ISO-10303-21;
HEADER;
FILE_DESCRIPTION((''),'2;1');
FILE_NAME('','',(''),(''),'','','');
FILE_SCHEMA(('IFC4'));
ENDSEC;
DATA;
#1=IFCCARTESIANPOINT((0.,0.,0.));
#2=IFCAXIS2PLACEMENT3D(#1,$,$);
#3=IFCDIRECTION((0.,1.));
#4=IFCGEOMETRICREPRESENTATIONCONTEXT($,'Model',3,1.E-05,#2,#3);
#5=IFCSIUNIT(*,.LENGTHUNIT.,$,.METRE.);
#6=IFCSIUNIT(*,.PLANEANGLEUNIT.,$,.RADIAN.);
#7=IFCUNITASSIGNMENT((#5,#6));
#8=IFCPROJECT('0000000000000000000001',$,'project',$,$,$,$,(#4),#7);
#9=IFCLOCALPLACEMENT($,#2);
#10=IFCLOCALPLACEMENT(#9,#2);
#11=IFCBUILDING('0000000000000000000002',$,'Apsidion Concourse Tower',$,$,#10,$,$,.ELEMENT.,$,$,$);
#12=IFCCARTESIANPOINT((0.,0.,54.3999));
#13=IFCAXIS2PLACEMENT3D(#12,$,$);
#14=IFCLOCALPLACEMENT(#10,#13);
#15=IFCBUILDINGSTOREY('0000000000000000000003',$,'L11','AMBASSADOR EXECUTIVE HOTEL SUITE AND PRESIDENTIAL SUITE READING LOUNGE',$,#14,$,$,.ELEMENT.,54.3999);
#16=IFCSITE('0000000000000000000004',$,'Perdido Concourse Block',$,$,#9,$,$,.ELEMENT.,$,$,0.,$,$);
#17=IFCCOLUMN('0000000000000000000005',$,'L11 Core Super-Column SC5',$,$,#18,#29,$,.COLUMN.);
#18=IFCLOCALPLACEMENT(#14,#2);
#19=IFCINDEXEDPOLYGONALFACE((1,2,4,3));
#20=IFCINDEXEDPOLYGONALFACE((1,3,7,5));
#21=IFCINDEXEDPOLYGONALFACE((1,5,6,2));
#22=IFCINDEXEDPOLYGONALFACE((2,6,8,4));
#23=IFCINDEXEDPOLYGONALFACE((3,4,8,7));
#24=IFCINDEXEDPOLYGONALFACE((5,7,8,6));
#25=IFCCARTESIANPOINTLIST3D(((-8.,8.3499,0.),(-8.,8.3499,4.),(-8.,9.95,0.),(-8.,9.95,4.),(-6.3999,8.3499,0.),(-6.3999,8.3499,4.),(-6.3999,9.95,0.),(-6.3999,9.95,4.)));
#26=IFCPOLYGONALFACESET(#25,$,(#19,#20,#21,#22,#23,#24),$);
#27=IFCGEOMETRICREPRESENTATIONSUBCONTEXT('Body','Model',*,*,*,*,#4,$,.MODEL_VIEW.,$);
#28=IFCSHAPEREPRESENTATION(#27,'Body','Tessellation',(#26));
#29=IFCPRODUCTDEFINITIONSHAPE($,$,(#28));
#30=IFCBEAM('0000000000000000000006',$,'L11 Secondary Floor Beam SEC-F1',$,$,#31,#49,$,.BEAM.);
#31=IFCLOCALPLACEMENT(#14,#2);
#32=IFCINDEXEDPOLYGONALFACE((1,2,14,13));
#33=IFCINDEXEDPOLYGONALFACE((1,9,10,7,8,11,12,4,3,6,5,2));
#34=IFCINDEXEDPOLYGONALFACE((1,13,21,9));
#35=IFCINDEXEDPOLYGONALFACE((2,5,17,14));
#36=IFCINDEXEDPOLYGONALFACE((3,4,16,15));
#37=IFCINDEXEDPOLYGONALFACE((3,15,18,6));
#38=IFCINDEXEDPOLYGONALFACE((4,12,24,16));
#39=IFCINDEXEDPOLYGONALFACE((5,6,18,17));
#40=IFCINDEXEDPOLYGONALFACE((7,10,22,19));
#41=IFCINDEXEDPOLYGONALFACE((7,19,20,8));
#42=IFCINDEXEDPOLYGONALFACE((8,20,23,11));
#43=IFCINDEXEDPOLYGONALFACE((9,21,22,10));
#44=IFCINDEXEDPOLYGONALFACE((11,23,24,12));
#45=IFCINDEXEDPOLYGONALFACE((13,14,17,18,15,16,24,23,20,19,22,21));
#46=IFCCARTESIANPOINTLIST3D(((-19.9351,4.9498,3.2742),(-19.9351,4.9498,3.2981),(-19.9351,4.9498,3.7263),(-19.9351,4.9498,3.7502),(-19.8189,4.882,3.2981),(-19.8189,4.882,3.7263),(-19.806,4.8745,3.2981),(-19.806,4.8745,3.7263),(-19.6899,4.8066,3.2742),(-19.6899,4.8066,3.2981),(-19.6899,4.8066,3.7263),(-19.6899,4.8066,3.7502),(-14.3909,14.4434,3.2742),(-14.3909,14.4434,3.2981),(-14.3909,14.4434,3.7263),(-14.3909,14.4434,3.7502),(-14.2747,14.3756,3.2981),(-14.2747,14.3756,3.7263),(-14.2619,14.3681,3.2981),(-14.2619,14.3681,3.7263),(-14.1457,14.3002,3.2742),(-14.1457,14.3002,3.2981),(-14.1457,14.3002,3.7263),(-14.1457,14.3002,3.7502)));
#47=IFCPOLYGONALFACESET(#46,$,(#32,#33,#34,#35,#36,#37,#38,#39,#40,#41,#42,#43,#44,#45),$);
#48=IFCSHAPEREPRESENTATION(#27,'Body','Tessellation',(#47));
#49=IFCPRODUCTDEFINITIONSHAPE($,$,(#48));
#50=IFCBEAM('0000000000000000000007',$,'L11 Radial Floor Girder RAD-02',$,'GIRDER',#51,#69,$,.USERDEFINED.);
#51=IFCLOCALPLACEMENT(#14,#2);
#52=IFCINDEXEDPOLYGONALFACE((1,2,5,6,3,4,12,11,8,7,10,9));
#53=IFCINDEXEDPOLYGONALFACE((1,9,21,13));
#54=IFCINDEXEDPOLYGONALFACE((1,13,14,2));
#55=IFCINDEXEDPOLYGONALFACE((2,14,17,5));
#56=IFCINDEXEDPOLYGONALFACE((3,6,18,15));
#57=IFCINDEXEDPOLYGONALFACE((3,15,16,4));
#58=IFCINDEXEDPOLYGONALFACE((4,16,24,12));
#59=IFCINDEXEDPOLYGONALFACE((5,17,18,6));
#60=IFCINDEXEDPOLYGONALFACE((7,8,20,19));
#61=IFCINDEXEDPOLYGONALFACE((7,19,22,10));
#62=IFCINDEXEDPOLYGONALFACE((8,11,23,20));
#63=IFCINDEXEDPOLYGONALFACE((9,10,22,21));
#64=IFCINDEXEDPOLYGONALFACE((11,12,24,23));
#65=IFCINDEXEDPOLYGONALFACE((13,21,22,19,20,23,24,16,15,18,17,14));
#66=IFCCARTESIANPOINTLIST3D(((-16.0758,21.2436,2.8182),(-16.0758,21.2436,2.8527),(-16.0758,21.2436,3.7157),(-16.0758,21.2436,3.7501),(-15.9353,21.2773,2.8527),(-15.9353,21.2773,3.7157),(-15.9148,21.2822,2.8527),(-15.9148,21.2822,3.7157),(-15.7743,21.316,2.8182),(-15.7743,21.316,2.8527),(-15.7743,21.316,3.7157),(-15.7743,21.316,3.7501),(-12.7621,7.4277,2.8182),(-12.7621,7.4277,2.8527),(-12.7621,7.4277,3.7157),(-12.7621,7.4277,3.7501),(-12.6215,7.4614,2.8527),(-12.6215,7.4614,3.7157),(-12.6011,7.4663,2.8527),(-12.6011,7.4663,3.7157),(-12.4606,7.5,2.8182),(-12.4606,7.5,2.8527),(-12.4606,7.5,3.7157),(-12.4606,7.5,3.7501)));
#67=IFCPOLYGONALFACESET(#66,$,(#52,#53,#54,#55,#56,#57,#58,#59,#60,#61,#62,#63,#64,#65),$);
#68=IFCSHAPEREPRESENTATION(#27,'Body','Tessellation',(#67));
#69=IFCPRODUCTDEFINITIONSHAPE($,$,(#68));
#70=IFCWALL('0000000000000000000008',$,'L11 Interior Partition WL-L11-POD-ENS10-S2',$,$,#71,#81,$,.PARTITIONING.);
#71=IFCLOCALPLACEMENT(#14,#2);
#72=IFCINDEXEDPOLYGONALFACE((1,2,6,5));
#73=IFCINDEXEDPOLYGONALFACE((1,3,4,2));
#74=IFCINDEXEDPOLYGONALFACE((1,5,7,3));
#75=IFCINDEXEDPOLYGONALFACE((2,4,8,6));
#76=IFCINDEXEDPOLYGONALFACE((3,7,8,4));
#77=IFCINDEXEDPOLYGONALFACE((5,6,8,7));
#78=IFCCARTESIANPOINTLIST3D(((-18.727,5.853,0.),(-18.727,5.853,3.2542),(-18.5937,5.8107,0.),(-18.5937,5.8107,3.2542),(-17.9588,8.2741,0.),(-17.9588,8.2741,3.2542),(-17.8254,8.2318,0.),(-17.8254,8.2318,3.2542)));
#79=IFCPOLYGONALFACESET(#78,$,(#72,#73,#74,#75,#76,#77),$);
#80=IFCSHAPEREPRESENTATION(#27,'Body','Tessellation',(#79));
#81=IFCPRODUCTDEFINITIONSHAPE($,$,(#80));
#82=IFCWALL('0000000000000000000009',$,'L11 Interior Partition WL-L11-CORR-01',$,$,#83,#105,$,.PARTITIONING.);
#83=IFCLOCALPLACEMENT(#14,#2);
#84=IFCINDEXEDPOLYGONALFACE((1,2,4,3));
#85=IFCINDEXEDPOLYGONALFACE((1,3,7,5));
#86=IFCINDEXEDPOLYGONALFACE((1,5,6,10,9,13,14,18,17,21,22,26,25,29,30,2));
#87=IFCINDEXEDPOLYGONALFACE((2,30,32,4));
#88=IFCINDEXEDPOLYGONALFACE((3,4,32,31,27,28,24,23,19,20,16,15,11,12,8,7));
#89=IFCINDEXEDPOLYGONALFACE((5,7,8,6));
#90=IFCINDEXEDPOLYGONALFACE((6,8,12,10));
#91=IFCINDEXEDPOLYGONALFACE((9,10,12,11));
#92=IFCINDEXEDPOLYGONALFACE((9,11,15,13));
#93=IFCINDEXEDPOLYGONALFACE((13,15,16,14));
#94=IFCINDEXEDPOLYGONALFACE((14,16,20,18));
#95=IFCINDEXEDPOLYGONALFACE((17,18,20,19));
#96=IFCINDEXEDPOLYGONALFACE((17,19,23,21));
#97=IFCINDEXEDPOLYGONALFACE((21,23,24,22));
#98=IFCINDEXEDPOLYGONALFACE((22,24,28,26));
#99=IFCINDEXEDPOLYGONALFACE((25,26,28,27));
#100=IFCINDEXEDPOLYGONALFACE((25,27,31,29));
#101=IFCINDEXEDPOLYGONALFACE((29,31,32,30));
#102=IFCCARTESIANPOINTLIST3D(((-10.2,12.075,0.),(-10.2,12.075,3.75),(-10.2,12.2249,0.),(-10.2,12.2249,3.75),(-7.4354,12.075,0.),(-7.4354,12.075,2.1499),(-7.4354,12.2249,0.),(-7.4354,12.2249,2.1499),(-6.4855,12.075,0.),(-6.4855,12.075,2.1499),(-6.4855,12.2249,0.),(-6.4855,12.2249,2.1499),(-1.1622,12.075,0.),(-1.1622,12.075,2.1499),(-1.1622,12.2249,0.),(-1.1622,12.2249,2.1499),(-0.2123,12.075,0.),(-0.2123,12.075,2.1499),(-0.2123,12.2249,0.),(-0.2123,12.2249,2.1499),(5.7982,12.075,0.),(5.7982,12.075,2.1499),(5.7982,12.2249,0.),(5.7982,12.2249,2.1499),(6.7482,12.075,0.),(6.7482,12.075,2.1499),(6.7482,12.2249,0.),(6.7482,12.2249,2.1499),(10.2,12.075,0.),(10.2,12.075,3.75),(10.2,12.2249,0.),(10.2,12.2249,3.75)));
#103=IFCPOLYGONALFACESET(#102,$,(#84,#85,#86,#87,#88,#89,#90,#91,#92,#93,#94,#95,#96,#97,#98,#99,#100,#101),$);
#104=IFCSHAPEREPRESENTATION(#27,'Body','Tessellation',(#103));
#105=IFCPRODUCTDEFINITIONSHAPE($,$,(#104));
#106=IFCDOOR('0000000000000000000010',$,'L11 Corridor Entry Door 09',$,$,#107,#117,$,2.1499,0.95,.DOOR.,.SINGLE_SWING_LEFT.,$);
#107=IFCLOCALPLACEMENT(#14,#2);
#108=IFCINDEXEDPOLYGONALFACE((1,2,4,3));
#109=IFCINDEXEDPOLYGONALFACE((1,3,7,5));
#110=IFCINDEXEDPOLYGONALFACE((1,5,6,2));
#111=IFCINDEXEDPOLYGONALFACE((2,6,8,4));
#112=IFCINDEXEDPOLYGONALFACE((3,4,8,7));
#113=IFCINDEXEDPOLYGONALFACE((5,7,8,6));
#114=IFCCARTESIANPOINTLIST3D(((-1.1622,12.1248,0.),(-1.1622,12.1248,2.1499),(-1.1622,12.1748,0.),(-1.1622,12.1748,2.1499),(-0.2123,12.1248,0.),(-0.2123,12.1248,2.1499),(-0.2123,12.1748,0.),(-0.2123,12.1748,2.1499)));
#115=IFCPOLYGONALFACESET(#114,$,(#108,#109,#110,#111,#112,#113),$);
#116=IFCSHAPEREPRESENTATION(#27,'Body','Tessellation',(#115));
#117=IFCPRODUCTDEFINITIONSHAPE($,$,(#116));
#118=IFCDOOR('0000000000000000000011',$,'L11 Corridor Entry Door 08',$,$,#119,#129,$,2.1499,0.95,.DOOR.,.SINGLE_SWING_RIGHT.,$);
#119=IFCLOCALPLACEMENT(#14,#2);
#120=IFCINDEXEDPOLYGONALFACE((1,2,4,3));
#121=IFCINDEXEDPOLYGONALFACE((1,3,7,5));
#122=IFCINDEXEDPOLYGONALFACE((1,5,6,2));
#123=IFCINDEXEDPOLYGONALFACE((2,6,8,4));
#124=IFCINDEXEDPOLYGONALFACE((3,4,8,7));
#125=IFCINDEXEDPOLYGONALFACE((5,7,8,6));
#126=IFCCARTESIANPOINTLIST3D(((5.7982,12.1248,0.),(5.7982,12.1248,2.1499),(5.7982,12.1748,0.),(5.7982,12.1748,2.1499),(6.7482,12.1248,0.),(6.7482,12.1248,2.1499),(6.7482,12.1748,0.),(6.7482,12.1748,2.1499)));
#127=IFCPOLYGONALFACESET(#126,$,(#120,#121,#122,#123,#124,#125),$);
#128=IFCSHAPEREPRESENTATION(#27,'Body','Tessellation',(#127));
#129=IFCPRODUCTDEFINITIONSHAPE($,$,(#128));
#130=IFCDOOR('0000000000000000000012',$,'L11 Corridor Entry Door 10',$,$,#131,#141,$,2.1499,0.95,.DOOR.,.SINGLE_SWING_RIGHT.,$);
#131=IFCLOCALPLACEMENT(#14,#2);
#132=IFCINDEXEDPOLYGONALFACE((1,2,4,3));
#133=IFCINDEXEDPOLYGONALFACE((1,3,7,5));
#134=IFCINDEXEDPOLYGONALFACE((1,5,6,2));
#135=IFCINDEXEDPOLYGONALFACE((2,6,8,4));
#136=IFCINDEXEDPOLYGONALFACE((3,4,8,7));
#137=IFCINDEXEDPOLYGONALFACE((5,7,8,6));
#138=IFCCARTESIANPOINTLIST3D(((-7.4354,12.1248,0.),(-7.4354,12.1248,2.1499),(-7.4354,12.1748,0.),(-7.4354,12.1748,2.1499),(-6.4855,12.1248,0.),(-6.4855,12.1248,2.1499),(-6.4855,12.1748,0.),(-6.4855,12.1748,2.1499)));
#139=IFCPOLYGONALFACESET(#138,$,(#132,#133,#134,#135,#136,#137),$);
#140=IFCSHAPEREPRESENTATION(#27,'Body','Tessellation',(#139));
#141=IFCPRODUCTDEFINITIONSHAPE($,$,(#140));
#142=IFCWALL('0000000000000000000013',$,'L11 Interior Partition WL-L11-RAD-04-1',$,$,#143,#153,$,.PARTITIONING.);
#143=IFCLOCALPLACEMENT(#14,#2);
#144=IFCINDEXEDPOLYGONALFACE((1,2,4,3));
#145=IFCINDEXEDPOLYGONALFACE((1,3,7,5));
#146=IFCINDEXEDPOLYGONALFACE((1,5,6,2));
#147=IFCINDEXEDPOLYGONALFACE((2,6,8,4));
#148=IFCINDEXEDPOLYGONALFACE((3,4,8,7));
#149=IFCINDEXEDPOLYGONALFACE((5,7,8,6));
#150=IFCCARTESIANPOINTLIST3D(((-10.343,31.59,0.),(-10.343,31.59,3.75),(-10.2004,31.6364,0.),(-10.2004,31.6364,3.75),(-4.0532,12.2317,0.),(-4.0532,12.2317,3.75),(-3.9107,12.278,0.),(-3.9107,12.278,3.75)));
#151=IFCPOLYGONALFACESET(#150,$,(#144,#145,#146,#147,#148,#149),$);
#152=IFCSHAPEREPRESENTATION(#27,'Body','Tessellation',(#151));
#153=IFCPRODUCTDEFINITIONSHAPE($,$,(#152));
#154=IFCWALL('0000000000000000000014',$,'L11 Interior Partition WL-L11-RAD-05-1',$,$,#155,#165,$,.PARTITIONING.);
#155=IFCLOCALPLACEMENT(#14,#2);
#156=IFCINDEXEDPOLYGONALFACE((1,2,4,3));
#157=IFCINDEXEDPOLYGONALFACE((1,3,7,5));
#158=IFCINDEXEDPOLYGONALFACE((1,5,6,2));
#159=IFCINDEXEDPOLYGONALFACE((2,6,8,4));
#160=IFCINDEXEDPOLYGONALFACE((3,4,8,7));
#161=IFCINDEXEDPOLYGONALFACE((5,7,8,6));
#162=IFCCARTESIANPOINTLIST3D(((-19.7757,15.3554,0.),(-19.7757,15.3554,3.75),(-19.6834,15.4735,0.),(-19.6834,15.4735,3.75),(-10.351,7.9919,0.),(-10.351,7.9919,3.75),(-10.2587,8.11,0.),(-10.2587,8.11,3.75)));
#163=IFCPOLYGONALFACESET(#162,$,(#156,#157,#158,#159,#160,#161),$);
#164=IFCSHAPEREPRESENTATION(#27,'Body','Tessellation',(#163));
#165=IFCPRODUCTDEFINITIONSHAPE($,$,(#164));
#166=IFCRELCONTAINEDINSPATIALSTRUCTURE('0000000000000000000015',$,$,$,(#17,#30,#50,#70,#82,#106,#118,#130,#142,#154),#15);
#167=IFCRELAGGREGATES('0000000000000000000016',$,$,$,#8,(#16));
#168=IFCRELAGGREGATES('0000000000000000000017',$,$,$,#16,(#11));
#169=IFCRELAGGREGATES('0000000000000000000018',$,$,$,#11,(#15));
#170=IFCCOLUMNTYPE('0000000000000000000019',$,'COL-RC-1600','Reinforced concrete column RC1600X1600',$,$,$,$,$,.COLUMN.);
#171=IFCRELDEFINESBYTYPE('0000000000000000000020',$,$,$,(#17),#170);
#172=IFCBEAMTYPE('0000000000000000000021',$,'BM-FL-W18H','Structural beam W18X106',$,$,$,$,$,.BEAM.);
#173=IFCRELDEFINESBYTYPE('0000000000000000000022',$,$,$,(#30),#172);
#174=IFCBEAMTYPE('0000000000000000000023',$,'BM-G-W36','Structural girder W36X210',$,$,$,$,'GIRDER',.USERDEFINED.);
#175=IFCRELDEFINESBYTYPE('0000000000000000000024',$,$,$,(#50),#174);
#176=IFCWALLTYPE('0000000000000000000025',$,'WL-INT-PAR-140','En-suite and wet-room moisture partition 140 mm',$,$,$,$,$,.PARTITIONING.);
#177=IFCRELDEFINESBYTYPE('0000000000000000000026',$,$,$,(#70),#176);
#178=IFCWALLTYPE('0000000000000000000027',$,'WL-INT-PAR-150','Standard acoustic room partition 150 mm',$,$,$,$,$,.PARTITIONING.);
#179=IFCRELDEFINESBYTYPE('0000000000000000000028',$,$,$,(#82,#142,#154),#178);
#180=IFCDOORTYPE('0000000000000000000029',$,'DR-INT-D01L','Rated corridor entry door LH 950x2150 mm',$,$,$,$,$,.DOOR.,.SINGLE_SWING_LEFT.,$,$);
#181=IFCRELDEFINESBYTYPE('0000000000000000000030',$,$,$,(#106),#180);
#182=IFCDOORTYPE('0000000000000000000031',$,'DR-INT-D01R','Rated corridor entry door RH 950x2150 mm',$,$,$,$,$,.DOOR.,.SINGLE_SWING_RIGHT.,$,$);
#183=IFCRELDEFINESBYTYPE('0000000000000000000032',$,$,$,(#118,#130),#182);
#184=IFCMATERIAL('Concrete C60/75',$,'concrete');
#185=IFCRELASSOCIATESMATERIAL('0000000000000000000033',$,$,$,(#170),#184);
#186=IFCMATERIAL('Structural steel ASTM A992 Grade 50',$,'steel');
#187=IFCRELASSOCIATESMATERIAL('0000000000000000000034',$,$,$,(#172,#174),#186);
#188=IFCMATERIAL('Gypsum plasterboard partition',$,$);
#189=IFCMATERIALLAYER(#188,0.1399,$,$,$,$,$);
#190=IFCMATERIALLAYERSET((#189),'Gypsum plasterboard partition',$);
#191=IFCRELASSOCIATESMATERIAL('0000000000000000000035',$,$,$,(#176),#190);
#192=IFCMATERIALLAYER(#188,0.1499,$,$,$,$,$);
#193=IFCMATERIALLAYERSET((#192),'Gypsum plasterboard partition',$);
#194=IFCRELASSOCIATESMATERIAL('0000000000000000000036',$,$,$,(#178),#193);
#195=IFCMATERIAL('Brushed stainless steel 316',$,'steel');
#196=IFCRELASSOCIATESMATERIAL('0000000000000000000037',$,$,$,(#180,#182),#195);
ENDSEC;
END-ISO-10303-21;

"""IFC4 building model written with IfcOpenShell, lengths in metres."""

from ifc_helpers import new_model, si_unit, direction, frame, frame_2d, origin, origin_2d, place, context, subcontext, project, spatial, rectangle, i_section, extrude, material, layer, layer_set, material_profile, profile_set, type_object, element, fill, save


model = new_model("IFC4")

# Units and contexts
model_context = context("Model", 3, precision=1e-05, world=origin(), true_north=direction((0.0, 1.0)))
body_context = subcontext(model_context, "Body", "Model", "MODEL_VIEW")
ifc_project = project(units=[si_unit("LENGTHUNIT", "METRE"), si_unit("PLANEANGLEUNIT", "RADIAN")], contexts=[model_context])

# Site, building, storey
site_placement = place(None, origin())
site = spatial("IfcSite", under=ifc_project, at=site_placement, Name="Perdido Concourse Block", CompositionType="ELEMENT", RefElevation=0.0)
building_placement = place(site_placement, origin())
building = spatial("IfcBuilding", under=site, at=building_placement, Name="Apsidion Concourse Tower", CompositionType="ELEMENT")
storey_placement = place(building_placement, frame((0.0, 0.0, 54.3999)))
storey = spatial("IfcBuildingStorey", under=building, at=storey_placement, Name="L11", Description="AMBASSADOR EXECUTIVE HOTEL SUITE AND PRESIDENTIAL SUITE READING LOUNGE", CompositionType="ELEMENT", Elevation=54.3999)

# Column
ifc_material_1 = material(Name="Concrete C60/75", Category="concrete")
ifc_material_profile_1 = material_profile(ifc_material_1, rectangle(XDim=1.6001, YDim=1.6001, at=origin_2d()), Name="RC 1600x1600")
ifc_profile_set_1 = profile_set([ifc_material_profile_1], Name="Concrete C60/75")
column_type = type_object("IfcColumnType", Name="COL-RC-1600", Description="Reinforced concrete column RC1600X1600", PredefinedType="COLUMN", material=ifc_profile_set_1)
column_placement = place(storey_placement, frame((-7.2, 9.1499, 0.0), z_axis=(0.0, 0.0, 1.0), x_axis=(1.0, 0.0, 0.0)))
element("IfcColumn", 1, at=column_placement, inside=storey, type_object=column_type, Name="L11 Core Super-Column SC5", PredefinedType="COLUMN", context=body_context, shape_type="SweptSolid", body=[
    extrude(rectangle(XDim=1.6001, YDim=1.6001, at=origin_2d()), origin(), (0.0, 0.0, 1.0), 4.0),
])

# Beams
ifc_material_2 = material(Name="Structural steel ASTM A992 Grade 50", Category="steel")
ifc_material_profile_2 = material_profile(ifc_material_2, i_section(OverallWidth=0.2839, OverallDepth=0.4761, WebThickness=0.0149, FlangeThickness=0.0239, at=origin_2d()), Name="W18X106")
ifc_profile_set_2 = profile_set([ifc_material_profile_2], Name="Structural steel ASTM A992 Grade 50")
beam_type_1 = type_object("IfcBeamType", Name="BM-FL-W18H", Description="Structural beam W18X106", PredefinedType="BEAM", material=ifc_profile_set_2)
beam_1_placement = place(storey_placement, frame((-14.2683, 14.3718, 3.5122), z_axis=(-0.504293, -0.863532, 0.0), x_axis=(0.863532, -0.504293, 0.0)))
element("IfcBeam", 2, at=beam_1_placement, inside=storey, type_object=beam_type_1, Name="L11 Secondary Floor Beam SEC-F1", PredefinedType="BEAM", context=body_context, shape_type="SweptSolid", body=[
    extrude(i_section(OverallWidth=0.2839, OverallDepth=0.4761, WebThickness=0.0149, FlangeThickness=0.0239, at=origin_2d()), origin(), (0.0, 0.0, 1.0), 10.9939),
])
ifc_material_profile_3 = material_profile(ifc_material_2, i_section(OverallWidth=0.3101, OverallDepth=0.9319, WebThickness=0.021, FlangeThickness=0.0344, at=origin_2d()), Name="W36X210")
ifc_profile_set_3 = profile_set([ifc_material_profile_3], Name="Structural steel ASTM A992 Grade 50")
beam_type_2 = type_object("IfcBeamType", Name="BM-G-W36", Description="Structural girder W36X210", ElementType="GIRDER", PredefinedType="USERDEFINED", material=ifc_profile_set_3)
beam_2_placement = place(storey_placement, frame((-12.6113, 7.4639, 3.2842), z_axis=(-0.233233, 0.972421, 0.0), x_axis=(-0.972421, -0.233233, 0.0)))
element("IfcBeam", 3, at=beam_2_placement, inside=storey, type_object=beam_type_2, Name="L11 Radial Floor Girder RAD-02", ObjectType="GIRDER", PredefinedType="USERDEFINED", context=body_context, shape_type="SweptSolid", body=[
    extrude(i_section(OverallWidth=0.3101, OverallDepth=0.9319, WebThickness=0.021, FlangeThickness=0.0344, at=origin_2d()), origin(), (0.0, 0.0, 1.0), 14.2078),
])

# Wall
ifc_material_3 = material(Name="Gypsum plasterboard partition")
ifc_layer_1 = layer(ifc_material_3, 0.1399)
ifc_layer_set_1 = layer_set([ifc_layer_1], Name="Gypsum plasterboard partition")
wall_type_1 = type_object("IfcWallType", Name="WL-INT-PAR-140", Description="En-suite and wet-room moisture partition 140 mm", PredefinedType="PARTITIONING", material=ifc_layer_set_1)
wall_1_placement = place(storey_placement, frame((-17.8921, 8.2529, 0.0), z_axis=(0.0, 0.0, 1.0), x_axis=(-0.30247, -0.953159, 0.0)))
element("IfcWall", 4, at=wall_1_placement, inside=storey, type_object=wall_type_1, Name="L11 Interior Partition WL-L11-POD-ENS10-S2", PredefinedType="PARTITIONING", context=body_context, shape_type="SweptSolid", body=[
    extrude(rectangle(XDim=2.54, YDim=0.1399, at=frame_2d((1.27, 0.0))), origin(), (0.0, 0.0, 1.0), 3.2542),
])

# Wall, openings, doors
ifc_layer_2 = layer(ifc_material_3, 0.1499)
ifc_layer_set_2 = layer_set([ifc_layer_2], Name="Gypsum plasterboard partition")
wall_type_2 = type_object("IfcWallType", Name="WL-INT-PAR-150", Description="Standard acoustic room partition 150 mm", PredefinedType="PARTITIONING", material=ifc_layer_set_2)
wall_2_placement = place(storey_placement, frame((-10.2, 12.1499, 0.0), z_axis=(0.0, 0.0, 1.0), x_axis=(1.0, 0.0, 0.0)))
wall_2 = element("IfcWall", 5, at=wall_2_placement, inside=storey, type_object=wall_type_2, Name="L11 Interior Partition WL-L11-CORR-01", PredefinedType="PARTITIONING", context=body_context, shape_type="SweptSolid", body=[
    extrude(rectangle(XDim=20.3999, YDim=0.1499, at=frame_2d((10.2, 0.0))), origin(), (0.0, 0.0, 1.0), 3.75),
])
opening_1_placement = place(wall_2_placement, frame((15.998, 0.0, 0.0)))
opening_1 = element("IfcOpeningElement", 6, at=opening_1_placement, cuts=wall_2, PredefinedType="OPENING", context=body_context, shape_type="SweptSolid", body=[
    extrude(rectangle(XDim=0.95, YDim=2.1499, at=frame_2d((0.4751, 1.075))), frame((0.0, 0.085, 0.0), z_axis=(0.0, -1.0, 0.0), x_axis=(1.0, 0.0, 0.0)), (0.0, 0.0, 1.0), 0.1699),
])
opening_2_placement = place(wall_2_placement, frame((9.0376, 0.0, 0.0)))
opening_2 = element("IfcOpeningElement", 7, at=opening_2_placement, cuts=wall_2, PredefinedType="OPENING", context=body_context, shape_type="SweptSolid", body=[
    extrude(rectangle(XDim=0.95, YDim=2.1499, at=frame_2d((0.4751, 1.075))), frame((0.0, 0.085, 0.0), z_axis=(0.0, -1.0, 0.0), x_axis=(1.0, 0.0, 0.0)), (0.0, 0.0, 1.0), 0.1699),
])
opening_3_placement = place(wall_2_placement, frame((2.7644, 0.0, 0.0)))
opening_3 = element("IfcOpeningElement", 8, at=opening_3_placement, cuts=wall_2, PredefinedType="OPENING", context=body_context, shape_type="SweptSolid", body=[
    extrude(rectangle(XDim=0.95, YDim=2.1499, at=frame_2d((0.4751, 1.075))), frame((0.0, 0.085, 0.0), z_axis=(0.0, -1.0, 0.0), x_axis=(1.0, 0.0, 0.0)), (0.0, 0.0, 1.0), 0.1699),
])
ifc_material_4 = material(Name="Brushed stainless steel 316", Category="steel")
door_type_1 = type_object("IfcDoorType", Name="DR-INT-D01L", Description="Rated corridor entry door LH 950x2150 mm", OperationType="SINGLE_SWING_LEFT", PredefinedType="DOOR", material=ifc_material_4)
door_1_placement = place(opening_2_placement, origin())
door_1 = element("IfcDoor", 9, at=door_1_placement, inside=storey, type_object=door_type_1, Name="L11 Corridor Entry Door 09", OperationType="SINGLE_SWING_LEFT", OverallHeight=2.1499, OverallWidth=0.95, PredefinedType="DOOR", context=body_context, shape_type="SweptSolid", body=[
    extrude(rectangle(XDim=0.95, YDim=2.1499, at=frame_2d((0.4751, 1.075))), frame((0.0, 0.0249, 0.0), z_axis=(0.0, -1.0, 0.0), x_axis=(1.0, 0.0, 0.0)), (0.0, 0.0, 1.0), 0.05),
])
fill(opening_2, door_1)
door_type_2 = type_object("IfcDoorType", Name="DR-INT-D01R", Description="Rated corridor entry door RH 950x2150 mm", OperationType="SINGLE_SWING_RIGHT", PredefinedType="DOOR", material=ifc_material_4)
door_2_placement = place(opening_1_placement, origin())
door_2 = element("IfcDoor", 10, at=door_2_placement, inside=storey, type_object=door_type_2, Name="L11 Corridor Entry Door 08", OperationType="SINGLE_SWING_RIGHT", OverallHeight=2.1499, OverallWidth=0.95, PredefinedType="DOOR", context=body_context, shape_type="SweptSolid", body=[
    extrude(rectangle(XDim=0.95, YDim=2.1499, at=frame_2d((0.4751, 1.075))), frame((0.0, 0.0249, 0.0), z_axis=(0.0, -1.0, 0.0), x_axis=(1.0, 0.0, 0.0)), (0.0, 0.0, 1.0), 0.05),
])
fill(opening_1, door_2)
door_3_placement = place(opening_3_placement, origin())
door_3 = element("IfcDoor", 11, at=door_3_placement, inside=storey, type_object=door_type_2, Name="L11 Corridor Entry Door 10", OperationType="SINGLE_SWING_RIGHT", OverallHeight=2.1499, OverallWidth=0.95, PredefinedType="DOOR", context=body_context, shape_type="SweptSolid", body=[
    extrude(rectangle(XDim=0.95, YDim=2.1499, at=frame_2d((0.4751, 1.075))), frame((0.0, 0.0249, 0.0), z_axis=(0.0, -1.0, 0.0), x_axis=(1.0, 0.0, 0.0)), (0.0, 0.0, 1.0), 0.05),
])
fill(opening_3, door_3)

# Walls
wall_3_placement = place(storey_placement, frame((-3.9819, 12.2549, 0.0), z_axis=(0.0, 0.0, 1.0), x_axis=(-0.309011, 0.951058, 0.0)))
element("IfcWall", 12, at=wall_3_placement, inside=storey, type_object=wall_type_2, Name="L11 Interior Partition WL-L11-RAD-04-1", PredefinedType="PARTITIONING", context=body_context, shape_type="SweptSolid", body=[
    extrude(rectangle(XDim=20.3545, YDim=0.1499, at=frame_2d((10.1772, 0.0))), origin(), (0.0, 0.0, 1.0), 3.75),
])
wall_4_placement = place(storey_placement, frame((-10.3049, 8.051, 0.0), z_axis=(0.0, 0.0, 1.0), x_axis=(-0.788008, 0.615665, 0.0)))
element("IfcWall", 13, at=wall_4_placement, inside=storey, type_object=wall_type_2, Name="L11 Interior Partition WL-L11-RAD-05-1", PredefinedType="PARTITIONING", context=body_context, shape_type="SweptSolid", body=[
    extrude(rectangle(XDim=11.9602, YDim=0.1499, at=frame_2d((5.98, 0.0))), origin(), (0.0, 0.0, 1.0), 3.75),
])

save(model, "model.ifc")
